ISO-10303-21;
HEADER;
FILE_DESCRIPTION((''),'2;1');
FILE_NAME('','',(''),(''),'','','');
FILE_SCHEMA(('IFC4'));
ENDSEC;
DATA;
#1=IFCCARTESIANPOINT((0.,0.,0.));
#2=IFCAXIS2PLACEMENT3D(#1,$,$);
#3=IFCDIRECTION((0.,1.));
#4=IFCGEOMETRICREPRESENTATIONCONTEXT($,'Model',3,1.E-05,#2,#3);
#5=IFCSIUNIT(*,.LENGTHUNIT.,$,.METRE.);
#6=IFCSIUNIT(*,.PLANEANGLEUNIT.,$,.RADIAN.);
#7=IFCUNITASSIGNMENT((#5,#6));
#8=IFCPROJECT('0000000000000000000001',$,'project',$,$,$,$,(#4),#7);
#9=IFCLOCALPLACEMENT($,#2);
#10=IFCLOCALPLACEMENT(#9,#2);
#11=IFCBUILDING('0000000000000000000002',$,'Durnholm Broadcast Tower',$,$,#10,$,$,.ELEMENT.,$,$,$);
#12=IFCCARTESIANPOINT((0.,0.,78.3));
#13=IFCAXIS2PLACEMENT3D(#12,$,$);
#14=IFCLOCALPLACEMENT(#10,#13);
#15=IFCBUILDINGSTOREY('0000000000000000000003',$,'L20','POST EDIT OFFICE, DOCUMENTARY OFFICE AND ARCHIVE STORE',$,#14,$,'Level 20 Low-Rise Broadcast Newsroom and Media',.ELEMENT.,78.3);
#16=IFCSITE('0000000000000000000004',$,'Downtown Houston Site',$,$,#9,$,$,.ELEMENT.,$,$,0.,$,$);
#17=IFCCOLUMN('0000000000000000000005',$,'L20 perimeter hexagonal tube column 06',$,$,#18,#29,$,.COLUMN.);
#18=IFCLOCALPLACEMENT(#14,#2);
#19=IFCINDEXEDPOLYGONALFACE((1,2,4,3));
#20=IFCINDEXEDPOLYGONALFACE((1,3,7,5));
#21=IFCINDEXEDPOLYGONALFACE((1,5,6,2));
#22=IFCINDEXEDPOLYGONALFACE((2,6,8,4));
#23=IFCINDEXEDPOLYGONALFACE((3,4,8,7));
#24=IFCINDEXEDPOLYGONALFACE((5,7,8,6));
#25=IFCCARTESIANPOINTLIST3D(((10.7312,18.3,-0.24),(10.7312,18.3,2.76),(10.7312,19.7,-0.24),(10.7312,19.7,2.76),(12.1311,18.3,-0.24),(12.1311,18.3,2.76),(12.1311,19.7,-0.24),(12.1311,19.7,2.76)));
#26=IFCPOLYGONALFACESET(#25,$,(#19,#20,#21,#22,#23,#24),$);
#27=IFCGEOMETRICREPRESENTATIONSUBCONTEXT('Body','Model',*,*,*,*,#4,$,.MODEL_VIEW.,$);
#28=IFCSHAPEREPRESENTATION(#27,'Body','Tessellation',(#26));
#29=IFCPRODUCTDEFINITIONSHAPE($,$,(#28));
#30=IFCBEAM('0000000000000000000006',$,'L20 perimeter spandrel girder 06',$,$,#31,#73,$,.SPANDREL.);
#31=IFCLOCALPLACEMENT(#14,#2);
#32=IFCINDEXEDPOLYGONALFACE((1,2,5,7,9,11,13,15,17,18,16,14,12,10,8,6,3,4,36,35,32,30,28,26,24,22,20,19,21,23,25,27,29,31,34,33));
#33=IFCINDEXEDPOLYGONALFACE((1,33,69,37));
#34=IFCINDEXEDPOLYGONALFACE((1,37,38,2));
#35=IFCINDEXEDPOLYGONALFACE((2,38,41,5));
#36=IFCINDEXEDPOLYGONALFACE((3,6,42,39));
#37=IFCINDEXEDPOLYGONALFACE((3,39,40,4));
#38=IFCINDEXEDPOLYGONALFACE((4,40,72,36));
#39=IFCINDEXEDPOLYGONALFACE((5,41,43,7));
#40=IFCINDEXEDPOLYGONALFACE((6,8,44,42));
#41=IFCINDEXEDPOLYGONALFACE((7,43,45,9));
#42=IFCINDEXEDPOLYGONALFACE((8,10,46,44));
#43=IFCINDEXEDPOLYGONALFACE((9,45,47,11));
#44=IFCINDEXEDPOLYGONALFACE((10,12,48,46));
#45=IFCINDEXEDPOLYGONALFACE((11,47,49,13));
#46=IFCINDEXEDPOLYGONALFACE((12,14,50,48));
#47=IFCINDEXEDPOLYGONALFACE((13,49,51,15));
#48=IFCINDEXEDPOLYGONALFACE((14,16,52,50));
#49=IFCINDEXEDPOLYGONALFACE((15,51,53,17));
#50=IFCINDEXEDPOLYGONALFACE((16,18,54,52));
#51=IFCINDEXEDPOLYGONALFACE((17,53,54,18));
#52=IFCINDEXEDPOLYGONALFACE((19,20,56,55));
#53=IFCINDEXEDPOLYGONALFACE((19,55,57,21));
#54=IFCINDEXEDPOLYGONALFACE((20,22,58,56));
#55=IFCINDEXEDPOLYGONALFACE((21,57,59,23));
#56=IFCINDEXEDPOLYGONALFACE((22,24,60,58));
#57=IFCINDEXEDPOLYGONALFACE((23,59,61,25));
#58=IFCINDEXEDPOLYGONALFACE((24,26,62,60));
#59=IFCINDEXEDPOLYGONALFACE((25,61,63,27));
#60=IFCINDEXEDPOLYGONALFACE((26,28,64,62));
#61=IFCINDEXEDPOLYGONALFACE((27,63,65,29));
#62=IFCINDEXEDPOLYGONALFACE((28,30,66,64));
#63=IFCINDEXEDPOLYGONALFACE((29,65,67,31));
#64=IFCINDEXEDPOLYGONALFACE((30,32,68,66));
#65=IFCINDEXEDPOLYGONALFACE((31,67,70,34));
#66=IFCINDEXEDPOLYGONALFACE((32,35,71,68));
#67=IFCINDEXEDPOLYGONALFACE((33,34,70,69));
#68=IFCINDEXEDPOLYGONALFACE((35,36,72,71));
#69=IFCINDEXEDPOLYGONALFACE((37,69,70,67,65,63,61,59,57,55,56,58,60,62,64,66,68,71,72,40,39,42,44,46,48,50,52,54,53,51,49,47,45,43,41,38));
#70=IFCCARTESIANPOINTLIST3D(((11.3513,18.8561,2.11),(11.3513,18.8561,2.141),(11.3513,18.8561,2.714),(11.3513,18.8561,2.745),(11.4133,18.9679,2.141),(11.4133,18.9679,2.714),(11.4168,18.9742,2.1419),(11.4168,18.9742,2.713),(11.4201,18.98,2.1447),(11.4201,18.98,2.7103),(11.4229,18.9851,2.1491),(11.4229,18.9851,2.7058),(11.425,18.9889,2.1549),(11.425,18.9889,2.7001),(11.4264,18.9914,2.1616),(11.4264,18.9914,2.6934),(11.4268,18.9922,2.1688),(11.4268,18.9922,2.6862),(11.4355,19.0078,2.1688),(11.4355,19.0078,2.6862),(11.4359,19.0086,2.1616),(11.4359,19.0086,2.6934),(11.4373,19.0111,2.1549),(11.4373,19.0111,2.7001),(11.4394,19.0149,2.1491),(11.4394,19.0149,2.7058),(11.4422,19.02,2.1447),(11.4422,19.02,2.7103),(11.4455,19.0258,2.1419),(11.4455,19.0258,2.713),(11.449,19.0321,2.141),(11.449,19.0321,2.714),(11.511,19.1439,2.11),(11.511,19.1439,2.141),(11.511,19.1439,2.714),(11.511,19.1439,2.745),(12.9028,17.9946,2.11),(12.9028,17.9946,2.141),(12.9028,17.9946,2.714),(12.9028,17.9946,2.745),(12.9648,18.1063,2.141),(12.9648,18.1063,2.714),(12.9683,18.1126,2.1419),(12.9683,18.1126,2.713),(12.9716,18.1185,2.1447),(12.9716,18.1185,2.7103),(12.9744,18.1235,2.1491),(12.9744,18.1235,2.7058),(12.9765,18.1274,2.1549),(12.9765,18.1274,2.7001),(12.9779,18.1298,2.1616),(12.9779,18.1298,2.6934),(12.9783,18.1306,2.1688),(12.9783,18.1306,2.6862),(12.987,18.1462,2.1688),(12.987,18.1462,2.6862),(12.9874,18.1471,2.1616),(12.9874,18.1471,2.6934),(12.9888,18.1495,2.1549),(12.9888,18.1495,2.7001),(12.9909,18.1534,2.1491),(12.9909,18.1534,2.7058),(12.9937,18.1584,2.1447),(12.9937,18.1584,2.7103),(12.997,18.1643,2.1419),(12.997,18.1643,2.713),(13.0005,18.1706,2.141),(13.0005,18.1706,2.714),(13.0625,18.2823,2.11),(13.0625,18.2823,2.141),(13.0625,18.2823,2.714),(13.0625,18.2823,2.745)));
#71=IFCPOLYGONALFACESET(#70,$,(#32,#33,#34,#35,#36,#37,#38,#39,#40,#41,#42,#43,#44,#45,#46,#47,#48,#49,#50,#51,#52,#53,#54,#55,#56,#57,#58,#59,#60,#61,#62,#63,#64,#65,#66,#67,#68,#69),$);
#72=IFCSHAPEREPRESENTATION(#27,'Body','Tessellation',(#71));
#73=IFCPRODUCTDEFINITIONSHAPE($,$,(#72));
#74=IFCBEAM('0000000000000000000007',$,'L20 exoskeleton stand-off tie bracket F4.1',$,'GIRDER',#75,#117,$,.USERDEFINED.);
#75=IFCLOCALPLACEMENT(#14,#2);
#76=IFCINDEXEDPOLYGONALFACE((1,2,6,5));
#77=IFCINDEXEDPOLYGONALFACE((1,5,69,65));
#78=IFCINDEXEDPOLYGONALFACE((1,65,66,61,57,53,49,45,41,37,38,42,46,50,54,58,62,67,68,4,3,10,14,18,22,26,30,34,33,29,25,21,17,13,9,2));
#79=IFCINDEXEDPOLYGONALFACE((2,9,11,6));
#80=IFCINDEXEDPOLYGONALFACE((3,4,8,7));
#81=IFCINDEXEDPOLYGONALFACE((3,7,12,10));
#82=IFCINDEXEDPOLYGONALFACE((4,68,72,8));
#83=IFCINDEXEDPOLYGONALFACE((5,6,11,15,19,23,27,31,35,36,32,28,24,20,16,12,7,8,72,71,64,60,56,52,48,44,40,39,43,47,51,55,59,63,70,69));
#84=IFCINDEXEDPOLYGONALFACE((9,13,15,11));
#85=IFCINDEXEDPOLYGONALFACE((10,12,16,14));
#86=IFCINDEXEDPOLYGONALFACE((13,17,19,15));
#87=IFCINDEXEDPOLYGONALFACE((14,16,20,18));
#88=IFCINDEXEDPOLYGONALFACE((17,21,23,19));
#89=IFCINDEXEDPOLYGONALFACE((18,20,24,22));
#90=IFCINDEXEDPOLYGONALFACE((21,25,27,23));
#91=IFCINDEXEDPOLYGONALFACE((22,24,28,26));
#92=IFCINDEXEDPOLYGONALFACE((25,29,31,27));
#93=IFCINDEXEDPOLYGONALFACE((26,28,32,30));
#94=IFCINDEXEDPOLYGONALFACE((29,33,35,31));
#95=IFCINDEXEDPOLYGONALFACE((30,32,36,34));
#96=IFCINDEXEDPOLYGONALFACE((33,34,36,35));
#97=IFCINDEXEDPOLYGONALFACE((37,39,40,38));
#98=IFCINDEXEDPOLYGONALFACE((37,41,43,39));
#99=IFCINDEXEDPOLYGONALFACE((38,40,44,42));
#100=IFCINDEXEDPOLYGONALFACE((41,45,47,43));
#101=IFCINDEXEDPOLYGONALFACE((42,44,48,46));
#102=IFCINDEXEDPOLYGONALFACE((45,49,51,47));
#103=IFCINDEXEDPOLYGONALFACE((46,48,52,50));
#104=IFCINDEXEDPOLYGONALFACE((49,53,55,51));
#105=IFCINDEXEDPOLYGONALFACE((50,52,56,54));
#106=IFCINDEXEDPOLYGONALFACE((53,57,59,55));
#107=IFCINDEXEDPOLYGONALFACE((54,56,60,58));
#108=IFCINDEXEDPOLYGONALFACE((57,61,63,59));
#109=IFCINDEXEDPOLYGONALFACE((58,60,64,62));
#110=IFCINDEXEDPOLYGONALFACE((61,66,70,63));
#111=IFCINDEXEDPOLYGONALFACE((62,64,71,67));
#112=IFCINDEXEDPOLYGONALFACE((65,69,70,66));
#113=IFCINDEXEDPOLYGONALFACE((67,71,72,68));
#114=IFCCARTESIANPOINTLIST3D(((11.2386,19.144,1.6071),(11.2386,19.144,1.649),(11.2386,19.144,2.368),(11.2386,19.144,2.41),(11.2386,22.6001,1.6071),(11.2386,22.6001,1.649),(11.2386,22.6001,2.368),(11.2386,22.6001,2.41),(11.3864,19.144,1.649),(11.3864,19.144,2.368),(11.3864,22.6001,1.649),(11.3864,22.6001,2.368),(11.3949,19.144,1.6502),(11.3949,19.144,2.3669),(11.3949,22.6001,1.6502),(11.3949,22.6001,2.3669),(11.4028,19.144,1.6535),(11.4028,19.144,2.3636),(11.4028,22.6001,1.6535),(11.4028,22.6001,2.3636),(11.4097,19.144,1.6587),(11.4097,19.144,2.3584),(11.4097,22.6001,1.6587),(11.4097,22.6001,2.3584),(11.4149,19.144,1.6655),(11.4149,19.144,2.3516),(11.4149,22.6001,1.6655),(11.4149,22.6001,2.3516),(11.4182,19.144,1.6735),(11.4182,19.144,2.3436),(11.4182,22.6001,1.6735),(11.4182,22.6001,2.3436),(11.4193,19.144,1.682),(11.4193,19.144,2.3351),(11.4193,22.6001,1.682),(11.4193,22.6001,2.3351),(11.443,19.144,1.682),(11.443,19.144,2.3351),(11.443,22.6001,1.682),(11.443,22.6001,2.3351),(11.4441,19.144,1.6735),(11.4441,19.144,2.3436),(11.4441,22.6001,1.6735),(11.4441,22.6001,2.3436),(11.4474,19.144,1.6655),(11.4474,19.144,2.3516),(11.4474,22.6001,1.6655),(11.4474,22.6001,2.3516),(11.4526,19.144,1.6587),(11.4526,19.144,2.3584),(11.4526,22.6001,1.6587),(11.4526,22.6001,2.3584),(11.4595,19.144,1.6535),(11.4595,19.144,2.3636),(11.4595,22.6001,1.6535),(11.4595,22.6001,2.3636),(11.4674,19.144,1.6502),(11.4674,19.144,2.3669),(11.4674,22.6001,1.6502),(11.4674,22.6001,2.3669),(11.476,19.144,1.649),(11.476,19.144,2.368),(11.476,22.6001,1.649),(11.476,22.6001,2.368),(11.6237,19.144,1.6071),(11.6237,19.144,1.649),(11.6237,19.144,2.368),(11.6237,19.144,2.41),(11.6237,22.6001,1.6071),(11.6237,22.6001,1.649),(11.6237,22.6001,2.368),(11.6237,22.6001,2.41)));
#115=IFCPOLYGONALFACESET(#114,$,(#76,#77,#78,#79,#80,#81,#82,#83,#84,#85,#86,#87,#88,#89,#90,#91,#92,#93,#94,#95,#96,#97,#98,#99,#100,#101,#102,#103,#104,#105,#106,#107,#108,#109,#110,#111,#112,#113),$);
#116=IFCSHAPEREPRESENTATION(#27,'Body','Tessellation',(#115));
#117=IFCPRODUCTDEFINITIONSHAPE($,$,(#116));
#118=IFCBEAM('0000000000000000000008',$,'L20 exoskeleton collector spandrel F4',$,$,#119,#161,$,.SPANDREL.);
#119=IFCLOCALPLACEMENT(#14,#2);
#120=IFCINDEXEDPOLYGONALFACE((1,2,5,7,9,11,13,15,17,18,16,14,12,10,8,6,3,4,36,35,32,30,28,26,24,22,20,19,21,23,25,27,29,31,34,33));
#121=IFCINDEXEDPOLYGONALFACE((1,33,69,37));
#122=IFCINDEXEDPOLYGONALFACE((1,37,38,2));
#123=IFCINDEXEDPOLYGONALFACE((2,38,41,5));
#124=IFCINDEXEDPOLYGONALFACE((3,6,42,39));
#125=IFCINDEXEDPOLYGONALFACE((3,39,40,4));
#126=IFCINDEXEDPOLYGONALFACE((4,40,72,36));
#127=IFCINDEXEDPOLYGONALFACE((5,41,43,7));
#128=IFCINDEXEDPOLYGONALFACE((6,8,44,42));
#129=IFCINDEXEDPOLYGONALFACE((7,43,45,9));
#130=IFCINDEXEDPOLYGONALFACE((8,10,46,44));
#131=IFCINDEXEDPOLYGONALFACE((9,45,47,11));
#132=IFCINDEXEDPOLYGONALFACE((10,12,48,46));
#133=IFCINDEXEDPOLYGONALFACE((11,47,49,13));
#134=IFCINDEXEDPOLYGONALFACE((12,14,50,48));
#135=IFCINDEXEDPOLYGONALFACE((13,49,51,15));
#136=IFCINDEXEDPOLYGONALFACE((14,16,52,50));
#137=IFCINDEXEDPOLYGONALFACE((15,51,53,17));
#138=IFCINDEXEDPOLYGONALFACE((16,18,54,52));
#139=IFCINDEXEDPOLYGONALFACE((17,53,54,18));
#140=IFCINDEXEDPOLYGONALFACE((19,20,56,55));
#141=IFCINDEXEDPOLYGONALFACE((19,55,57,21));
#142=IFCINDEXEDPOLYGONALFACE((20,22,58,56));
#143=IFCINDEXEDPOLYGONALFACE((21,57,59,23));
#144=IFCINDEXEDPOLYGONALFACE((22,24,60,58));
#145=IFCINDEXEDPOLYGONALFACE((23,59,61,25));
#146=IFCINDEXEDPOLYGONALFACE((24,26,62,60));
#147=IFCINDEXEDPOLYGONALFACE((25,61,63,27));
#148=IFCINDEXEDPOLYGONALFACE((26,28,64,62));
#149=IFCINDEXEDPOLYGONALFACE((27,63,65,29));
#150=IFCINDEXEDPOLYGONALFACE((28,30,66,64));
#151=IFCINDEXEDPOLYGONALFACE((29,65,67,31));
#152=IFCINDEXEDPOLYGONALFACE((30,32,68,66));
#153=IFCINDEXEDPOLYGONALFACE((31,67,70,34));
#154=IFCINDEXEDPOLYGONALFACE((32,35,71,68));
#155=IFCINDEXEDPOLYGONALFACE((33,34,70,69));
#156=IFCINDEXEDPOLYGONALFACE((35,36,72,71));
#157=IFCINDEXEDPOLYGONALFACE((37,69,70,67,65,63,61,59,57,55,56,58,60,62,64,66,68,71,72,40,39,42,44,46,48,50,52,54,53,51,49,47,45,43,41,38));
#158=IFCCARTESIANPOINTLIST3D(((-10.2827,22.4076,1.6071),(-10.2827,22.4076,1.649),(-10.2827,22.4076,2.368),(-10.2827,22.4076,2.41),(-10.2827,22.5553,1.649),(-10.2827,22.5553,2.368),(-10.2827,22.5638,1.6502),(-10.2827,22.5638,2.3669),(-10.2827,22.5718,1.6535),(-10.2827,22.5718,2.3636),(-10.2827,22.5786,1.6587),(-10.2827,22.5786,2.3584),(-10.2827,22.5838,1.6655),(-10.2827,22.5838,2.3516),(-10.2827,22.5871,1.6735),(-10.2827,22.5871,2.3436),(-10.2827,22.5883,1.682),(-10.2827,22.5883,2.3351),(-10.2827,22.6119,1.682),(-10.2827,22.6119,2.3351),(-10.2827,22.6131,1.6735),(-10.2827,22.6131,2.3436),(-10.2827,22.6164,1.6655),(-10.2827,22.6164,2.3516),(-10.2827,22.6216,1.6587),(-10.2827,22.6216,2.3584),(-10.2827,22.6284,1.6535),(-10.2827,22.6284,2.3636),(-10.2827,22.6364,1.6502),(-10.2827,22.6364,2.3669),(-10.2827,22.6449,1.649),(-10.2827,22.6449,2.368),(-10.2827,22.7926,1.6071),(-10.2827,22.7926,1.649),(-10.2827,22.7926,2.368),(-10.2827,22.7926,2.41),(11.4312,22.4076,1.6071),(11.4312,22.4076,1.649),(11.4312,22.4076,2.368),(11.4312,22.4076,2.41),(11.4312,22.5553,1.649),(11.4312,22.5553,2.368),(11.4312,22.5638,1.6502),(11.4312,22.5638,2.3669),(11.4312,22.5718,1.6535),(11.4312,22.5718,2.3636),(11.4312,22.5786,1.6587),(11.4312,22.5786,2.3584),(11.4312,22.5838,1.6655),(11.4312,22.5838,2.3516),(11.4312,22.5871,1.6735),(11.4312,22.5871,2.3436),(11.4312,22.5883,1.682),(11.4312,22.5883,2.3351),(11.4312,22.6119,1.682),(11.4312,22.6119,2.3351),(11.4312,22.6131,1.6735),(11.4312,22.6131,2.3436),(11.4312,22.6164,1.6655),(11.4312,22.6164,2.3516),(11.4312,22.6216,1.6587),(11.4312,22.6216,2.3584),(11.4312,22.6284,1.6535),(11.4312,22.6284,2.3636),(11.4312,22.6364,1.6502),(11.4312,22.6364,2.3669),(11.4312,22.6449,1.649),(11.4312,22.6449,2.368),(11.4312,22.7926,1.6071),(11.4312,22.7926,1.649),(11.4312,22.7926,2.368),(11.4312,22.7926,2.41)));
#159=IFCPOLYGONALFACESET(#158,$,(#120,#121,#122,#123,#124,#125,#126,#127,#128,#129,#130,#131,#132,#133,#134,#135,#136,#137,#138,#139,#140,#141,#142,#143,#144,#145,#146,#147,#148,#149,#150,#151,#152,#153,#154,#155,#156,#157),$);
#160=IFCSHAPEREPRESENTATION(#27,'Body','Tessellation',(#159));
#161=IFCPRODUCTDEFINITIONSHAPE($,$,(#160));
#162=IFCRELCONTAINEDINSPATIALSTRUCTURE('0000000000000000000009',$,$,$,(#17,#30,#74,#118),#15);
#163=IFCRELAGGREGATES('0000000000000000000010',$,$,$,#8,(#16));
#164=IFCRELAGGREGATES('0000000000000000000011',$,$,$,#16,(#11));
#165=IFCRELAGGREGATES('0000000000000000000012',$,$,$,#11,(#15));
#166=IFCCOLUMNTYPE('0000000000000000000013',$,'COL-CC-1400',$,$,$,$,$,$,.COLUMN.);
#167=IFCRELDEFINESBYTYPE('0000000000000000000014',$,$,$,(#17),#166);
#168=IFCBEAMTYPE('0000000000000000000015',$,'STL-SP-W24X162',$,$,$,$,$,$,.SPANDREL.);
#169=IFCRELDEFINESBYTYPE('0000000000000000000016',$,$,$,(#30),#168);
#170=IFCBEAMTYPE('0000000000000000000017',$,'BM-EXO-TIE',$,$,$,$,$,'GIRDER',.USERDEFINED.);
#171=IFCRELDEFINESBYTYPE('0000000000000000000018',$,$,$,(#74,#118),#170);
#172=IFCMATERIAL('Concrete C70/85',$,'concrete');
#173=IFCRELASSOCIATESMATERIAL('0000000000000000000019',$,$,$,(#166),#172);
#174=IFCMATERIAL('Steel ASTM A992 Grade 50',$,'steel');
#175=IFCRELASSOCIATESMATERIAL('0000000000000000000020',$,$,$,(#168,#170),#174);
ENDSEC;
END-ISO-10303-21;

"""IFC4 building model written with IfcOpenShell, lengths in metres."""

from ifc_helpers import new_model, si_unit, direction, frame, origin, origin_2d, place, context, subcontext, project, spatial, rectangle, i_section, extrude, source, transform, mapped, material, material_profile, profile_set, type_object, type_shapes, element, save


model = new_model("IFC4")

# Units and contexts
model_context = context("Model", 3, precision=1e-05, world=origin(), true_north=direction((0.0, 1.0)))
body_context = subcontext(model_context, "Body", "Model", "MODEL_VIEW")
ifc_project = project(units=[si_unit("LENGTHUNIT", "METRE"), si_unit("PLANEANGLEUNIT", "RADIAN")], contexts=[model_context])

# Site, building, storey
site_placement = place(None, origin())
site = spatial("IfcSite", under=ifc_project, at=site_placement, Name="Downtown Houston Site", CompositionType="ELEMENT", RefElevation=0.0)
building_placement = place(site_placement, origin())
building = spatial("IfcBuilding", under=site, at=building_placement, Name="Durnholm Broadcast Tower", CompositionType="ELEMENT")
storey_placement = place(building_placement, frame((0.0, 0.0, 78.3)))
storey = spatial("IfcBuildingStorey", under=building, at=storey_placement, Name="L20", Description="POST EDIT OFFICE, DOCUMENTARY OFFICE AND ARCHIVE STORE", LongName="Level 20 Low-Rise Broadcast Newsroom and Media", CompositionType="ELEMENT", Elevation=78.3)

# Column
ifc_material_1 = material(Name="Concrete C70/85", Category="concrete")
ifc_material_profile_1 = material_profile(ifc_material_1, rectangle(XDim=1.3999, YDim=1.3999, at=origin_2d()), Name="RC1400X1400")
ifc_profile_set_1 = profile_set([ifc_material_profile_1], Name="Concrete C70/85")
column_type = type_object("IfcColumnType", Name="COL-CC-1400", PredefinedType="COLUMN", material=ifc_profile_set_1)
shared_shape_1 = source(origin(), body_context, "Body", "SweptSolid", [
    extrude(rectangle(XDim=1.3999, YDim=1.3999, at=origin_2d()), origin(), (0.0, 0.0, 1.0), 3.0),
])
type_shapes(column_type, [shared_shape_1])
column_placement = place(storey_placement, frame((11.4312, 19.0, -0.24), z_axis=(0.0, 0.0, 1.0), x_axis=(1.0, 0.0, 0.0)))
element("IfcColumn", 1, at=column_placement, inside=storey, type_object=column_type, Name="L20 perimeter hexagonal tube column 06", PredefinedType="COLUMN", context=body_context, shape_type="MappedRepresentation", body=[
    mapped(shared_shape_1, transform((0.0, 0.0, 0.0), x_axis=(1.0, 0.0, 0.0), y_axis=(0.0, 1.0, 0.0), z_axis=(0.0, 0.0, 1.0), scale=1.0)),
])

# Beams
ifc_material_2 = material(Name="Steel ASTM A992 Grade 50", Category="steel")
ifc_material_profile_2 = material_profile(ifc_material_2, i_section(OverallWidth=0.3291, OverallDepth=0.635, WebThickness=0.0178, FlangeThickness=0.031, FilletRadius=0.0278, at=origin_2d()), Name="W24X162")
ifc_profile_set_2 = profile_set([ifc_material_profile_2], Name="Steel ASTM A992 Grade 50")
beam_type_1 = type_object("IfcBeamType", Name="STL-SP-W24X162", PredefinedType="SPANDREL", material=ifc_profile_set_2)
shared_shape_2 = source(origin(), body_context, "Body", "SweptSolid", [
    extrude(i_section(OverallWidth=0.3291, OverallDepth=0.635, WebThickness=0.0178, FlangeThickness=0.031, FilletRadius=0.0278, at=origin_2d()), origin(), (0.0, 0.0, 1.0), 1.7747),
])
type_shapes(beam_type_1, [shared_shape_2])
beam_1_placement = place(storey_placement, frame((11.4312, 19.0, 2.4275), z_axis=(0.874248, -0.485479, 0.0), x_axis=(0.485479, 0.874248, 0.0)))
element("IfcBeam", 2, at=beam_1_placement, inside=storey, type_object=beam_type_1, Name="L20 perimeter spandrel girder 06", PredefinedType="SPANDREL", context=body_context, shape_type="MappedRepresentation", body=[
    mapped(shared_shape_2, transform((0.0, 0.0, 0.0), x_axis=(1.0, 0.0, 0.0), y_axis=(0.0, 1.0, 0.0), z_axis=(0.0, 0.0, 1.0), scale=1.0)),
])
ifc_material_profile_3 = material_profile(ifc_material_2, i_section(OverallWidth=0.385, OverallDepth=0.803, WebThickness=0.0237, FlangeThickness=0.042, FilletRadius=0.033, at=origin_2d()), Name="W30X261")
ifc_profile_set_3 = profile_set([ifc_material_profile_3], Name="Steel ASTM A992 Grade 50")
beam_type_2 = type_object("IfcBeamType", Name="BM-EXO-TIE", ElementType="GIRDER", PredefinedType="USERDEFINED", material=ifc_profile_set_3)
shared_shape_3 = source(origin(), body_context, "Body", "SweptSolid", [
    extrude(i_section(OverallWidth=0.385, OverallDepth=0.803, WebThickness=0.0237, FlangeThickness=0.042, FilletRadius=0.033, at=origin_2d()), origin(), (0.0, 0.0, 1.0), 3.4561),
])
beam_2_placement = place(storey_placement, frame((11.4312, 19.144, 2.0085), z_axis=(0.0, 1.0, 0.0), x_axis=(-1.0, 0.0, 0.0)))
element("IfcBeam", 3, at=beam_2_placement, inside=storey, type_object=beam_type_2, Name="L20 exoskeleton stand-off tie bracket F4.1", ObjectType="GIRDER", PredefinedType="USERDEFINED", context=body_context, shape_type="MappedRepresentation", body=[
    mapped(shared_shape_3, transform((0.0, 0.0, 0.0), x_axis=(1.0, 0.0, 0.0), y_axis=(0.0, 1.0, 0.0), z_axis=(0.0, 0.0, 1.0), scale=1.0)),
])
shared_shape_4 = source(origin(), body_context, "Body", "SweptSolid", [
    extrude(i_section(OverallWidth=0.385, OverallDepth=0.803, WebThickness=0.0237, FlangeThickness=0.042, FilletRadius=0.033, at=origin_2d()), origin(), (0.0, 0.0, 1.0), 21.7139),
])
type_shapes(beam_type_2, [shared_shape_3, shared_shape_4])
beam_3_placement = place(storey_placement, frame((11.4312, 22.6001, 2.0085), z_axis=(-1.0, 0.0, 0.0), x_axis=(0.0, -1.0, 0.0)))
element("IfcBeam", 4, at=beam_3_placement, inside=storey, type_object=beam_type_2, Name="L20 exoskeleton collector spandrel F4", PredefinedType="SPANDREL", context=body_context, shape_type="MappedRepresentation", body=[
    mapped(shared_shape_4, transform((0.0, 0.0, 0.0), x_axis=(1.0, 0.0, 0.0), y_axis=(0.0, 1.0, 0.0), z_axis=(0.0, 0.0, 1.0), scale=1.0)),
])

save(model, "model.ifc")
